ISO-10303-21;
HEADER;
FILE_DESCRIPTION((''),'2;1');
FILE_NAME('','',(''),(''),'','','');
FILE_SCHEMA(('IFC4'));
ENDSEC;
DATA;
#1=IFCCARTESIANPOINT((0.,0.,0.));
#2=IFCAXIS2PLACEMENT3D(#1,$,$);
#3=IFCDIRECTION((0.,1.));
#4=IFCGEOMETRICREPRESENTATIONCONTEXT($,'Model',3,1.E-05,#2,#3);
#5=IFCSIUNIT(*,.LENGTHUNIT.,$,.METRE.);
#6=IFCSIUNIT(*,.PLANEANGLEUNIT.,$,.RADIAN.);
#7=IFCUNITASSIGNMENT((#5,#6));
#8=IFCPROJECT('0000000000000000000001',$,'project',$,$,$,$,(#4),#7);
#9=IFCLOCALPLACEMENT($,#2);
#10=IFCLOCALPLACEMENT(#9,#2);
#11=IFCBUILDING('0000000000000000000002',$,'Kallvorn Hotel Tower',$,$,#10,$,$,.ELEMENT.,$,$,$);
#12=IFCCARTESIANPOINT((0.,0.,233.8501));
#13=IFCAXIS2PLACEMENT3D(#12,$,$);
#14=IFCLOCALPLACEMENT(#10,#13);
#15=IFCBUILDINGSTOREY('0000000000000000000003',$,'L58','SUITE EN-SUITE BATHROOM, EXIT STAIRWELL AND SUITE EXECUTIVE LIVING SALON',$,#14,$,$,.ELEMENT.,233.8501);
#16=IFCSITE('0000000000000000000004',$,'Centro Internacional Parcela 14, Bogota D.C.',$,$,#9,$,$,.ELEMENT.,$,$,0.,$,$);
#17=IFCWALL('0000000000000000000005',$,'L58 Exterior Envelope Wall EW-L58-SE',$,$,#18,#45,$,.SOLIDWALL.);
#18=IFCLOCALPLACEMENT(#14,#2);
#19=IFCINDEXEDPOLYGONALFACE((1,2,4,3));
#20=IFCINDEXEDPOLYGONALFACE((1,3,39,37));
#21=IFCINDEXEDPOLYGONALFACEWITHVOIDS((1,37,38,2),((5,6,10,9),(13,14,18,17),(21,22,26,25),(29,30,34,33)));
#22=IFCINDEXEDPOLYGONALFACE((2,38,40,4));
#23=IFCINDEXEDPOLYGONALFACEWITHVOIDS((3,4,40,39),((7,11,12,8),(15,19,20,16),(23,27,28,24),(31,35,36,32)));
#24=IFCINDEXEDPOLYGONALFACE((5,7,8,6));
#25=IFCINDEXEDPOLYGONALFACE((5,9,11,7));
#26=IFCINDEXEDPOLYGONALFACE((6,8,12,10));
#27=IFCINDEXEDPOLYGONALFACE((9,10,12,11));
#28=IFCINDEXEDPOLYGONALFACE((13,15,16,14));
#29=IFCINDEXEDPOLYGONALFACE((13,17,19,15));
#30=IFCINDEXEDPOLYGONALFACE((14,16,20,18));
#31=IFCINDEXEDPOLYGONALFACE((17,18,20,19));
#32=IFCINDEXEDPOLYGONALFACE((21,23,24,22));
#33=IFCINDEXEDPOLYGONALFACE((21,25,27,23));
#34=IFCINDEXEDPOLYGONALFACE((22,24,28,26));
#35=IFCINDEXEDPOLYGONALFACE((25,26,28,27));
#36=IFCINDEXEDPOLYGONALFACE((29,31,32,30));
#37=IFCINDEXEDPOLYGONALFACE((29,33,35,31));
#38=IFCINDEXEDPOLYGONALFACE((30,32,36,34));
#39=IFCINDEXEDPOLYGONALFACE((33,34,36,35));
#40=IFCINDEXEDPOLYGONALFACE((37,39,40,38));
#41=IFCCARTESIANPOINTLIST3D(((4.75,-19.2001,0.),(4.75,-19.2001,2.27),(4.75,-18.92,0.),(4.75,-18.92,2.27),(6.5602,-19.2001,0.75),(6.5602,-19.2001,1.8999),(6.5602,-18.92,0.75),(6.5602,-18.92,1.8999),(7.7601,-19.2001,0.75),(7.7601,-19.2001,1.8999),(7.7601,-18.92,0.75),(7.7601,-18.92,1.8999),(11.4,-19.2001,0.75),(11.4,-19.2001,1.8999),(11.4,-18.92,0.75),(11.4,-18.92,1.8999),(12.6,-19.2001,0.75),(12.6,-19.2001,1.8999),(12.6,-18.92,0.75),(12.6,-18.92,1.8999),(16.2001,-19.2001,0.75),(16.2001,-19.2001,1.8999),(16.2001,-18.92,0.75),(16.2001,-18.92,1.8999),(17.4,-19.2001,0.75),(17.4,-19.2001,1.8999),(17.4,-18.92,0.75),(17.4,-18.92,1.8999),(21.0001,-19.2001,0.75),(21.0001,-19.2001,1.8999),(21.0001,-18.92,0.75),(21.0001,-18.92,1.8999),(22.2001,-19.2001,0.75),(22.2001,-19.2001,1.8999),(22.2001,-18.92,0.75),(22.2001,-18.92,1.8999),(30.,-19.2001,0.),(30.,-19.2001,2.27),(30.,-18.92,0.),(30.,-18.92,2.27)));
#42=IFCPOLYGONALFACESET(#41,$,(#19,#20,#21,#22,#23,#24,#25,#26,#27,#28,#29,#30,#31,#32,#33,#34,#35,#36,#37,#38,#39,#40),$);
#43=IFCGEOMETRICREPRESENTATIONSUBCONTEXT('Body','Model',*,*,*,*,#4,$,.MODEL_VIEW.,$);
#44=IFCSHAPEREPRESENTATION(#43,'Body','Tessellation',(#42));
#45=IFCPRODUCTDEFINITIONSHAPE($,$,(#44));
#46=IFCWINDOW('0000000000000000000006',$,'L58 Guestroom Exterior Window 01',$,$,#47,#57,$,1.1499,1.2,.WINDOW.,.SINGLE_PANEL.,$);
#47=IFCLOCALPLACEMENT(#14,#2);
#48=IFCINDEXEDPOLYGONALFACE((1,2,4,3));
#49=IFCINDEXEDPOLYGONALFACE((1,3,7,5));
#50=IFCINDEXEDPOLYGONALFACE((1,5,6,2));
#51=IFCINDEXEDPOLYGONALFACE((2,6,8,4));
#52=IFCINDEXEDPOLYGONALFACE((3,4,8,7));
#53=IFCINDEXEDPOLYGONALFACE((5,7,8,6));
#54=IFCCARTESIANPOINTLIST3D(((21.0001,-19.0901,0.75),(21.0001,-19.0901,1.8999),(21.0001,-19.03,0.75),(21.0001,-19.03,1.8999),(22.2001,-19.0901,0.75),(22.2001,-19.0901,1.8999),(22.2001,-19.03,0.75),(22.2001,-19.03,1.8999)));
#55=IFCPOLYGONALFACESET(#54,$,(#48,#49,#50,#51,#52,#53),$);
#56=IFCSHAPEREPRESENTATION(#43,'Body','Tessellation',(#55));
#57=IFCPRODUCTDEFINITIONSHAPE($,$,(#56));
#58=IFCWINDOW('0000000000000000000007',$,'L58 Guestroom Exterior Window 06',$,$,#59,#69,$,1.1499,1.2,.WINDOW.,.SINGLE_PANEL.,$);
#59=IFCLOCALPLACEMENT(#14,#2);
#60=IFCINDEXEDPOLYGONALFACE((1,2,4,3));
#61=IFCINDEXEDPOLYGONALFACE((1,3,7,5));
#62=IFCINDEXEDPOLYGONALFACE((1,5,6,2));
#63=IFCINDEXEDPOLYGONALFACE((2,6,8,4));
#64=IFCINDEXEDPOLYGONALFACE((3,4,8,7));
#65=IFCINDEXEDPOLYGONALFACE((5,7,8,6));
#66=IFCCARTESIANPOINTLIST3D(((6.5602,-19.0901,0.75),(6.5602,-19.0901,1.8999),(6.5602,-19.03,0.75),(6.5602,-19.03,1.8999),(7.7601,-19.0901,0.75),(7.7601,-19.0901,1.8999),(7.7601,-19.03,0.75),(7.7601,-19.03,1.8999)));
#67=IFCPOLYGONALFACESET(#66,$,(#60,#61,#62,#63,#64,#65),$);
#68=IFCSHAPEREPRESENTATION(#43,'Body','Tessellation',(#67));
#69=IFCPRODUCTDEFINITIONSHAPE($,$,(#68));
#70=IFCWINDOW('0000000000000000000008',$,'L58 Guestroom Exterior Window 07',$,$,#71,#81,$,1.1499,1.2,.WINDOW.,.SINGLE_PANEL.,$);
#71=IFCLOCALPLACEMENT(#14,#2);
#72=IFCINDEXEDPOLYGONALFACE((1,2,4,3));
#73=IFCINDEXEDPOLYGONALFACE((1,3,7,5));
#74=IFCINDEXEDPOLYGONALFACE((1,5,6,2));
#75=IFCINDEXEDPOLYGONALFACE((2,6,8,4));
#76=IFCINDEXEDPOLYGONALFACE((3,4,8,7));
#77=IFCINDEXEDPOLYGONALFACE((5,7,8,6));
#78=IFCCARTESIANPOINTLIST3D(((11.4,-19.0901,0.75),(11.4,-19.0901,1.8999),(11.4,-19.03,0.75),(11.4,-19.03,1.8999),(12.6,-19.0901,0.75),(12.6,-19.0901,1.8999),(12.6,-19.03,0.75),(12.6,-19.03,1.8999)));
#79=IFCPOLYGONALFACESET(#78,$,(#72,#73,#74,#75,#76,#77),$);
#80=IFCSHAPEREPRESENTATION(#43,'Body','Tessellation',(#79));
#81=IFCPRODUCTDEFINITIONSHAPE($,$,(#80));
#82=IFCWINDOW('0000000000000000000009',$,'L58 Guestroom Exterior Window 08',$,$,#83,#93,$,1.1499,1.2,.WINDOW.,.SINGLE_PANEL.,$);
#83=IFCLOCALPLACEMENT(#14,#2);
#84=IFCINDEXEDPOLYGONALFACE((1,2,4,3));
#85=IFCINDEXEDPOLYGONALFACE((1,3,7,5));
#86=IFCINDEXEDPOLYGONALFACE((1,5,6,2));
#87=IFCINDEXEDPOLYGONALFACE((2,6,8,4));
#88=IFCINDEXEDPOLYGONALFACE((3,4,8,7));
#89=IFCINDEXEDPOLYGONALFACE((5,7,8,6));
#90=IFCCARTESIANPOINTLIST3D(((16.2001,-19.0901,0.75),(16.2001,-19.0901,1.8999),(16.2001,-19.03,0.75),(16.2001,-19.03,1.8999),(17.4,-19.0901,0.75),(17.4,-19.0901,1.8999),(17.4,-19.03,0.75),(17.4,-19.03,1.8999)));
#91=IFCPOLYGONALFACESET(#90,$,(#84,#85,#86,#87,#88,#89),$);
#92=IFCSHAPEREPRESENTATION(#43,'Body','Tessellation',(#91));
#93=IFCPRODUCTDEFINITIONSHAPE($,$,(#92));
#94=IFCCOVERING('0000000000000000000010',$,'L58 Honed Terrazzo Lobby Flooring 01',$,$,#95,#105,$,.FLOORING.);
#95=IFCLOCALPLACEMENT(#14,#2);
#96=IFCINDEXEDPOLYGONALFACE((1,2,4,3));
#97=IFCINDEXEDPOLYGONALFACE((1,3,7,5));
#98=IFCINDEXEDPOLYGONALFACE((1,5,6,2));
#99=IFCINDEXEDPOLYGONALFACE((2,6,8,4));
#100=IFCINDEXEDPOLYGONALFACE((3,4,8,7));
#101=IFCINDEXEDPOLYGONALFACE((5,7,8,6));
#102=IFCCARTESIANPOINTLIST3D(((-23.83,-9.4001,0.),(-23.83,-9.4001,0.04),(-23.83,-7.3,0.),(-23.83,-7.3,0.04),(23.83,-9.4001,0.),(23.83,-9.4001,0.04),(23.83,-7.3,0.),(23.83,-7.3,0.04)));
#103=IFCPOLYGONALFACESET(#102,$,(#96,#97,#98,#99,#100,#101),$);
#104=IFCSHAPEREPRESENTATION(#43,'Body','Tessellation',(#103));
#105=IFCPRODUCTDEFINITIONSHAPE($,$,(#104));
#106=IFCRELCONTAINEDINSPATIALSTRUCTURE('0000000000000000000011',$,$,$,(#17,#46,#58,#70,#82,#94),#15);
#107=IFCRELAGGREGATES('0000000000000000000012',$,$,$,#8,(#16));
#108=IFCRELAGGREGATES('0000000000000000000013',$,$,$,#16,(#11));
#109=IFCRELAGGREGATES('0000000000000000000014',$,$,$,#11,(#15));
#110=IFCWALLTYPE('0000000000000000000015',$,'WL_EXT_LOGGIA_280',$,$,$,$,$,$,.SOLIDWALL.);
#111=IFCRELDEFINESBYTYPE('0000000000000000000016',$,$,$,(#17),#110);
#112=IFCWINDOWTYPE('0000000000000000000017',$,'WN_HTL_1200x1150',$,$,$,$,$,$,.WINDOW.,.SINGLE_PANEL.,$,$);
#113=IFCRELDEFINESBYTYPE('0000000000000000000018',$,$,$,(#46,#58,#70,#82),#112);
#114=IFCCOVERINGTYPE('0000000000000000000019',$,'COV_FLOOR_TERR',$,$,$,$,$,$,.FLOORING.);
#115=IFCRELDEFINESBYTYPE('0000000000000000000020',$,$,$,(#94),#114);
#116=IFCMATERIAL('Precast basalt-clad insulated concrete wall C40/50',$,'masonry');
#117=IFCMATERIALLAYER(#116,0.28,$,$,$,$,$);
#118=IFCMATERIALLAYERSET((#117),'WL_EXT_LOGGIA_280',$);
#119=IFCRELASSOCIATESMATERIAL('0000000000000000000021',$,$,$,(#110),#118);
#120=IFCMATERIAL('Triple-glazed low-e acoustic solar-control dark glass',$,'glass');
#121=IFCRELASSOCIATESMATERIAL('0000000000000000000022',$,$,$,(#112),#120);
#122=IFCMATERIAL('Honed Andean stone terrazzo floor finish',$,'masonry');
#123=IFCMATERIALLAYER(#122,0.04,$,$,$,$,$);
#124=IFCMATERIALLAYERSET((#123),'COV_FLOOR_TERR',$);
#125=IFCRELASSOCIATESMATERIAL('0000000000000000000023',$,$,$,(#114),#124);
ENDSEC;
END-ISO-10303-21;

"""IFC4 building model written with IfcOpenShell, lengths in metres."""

from ifc_helpers import new_model, si_unit, direction, frame, frame_2d, origin, origin_2d, place, context, subcontext, project, spatial, rectangle, extrude, material, layer, layer_set, type_object, element, fill, save


model = new_model("IFC4")

# Units and contexts
model_context = context("Model", 3, precision=1e-05, world=origin(), true_north=direction((0.0, 1.0)))
body_context = subcontext(model_context, "Body", "Model", "MODEL_VIEW")
ifc_project = project(units=[si_unit("LENGTHUNIT", "METRE"), si_unit("PLANEANGLEUNIT", "RADIAN")], contexts=[model_context])

# Site, building, storey
site_placement = place(None, origin())
site = spatial("IfcSite", under=ifc_project, at=site_placement, Name="Centro Internacional Parcela 14, Bogota D.C.", CompositionType="ELEMENT", RefElevation=0.0)
building_placement = place(site_placement, origin())
building = spatial("IfcBuilding", under=site, at=building_placement, Name="Kallvorn Hotel Tower", CompositionType="ELEMENT")
storey_placement = place(building_placement, frame((0.0, 0.0, 233.8501)))
storey = spatial("IfcBuildingStorey", under=building, at=storey_placement, Name="L58", Description="SUITE EN-SUITE BATHROOM, EXIT STAIRWELL AND SUITE EXECUTIVE LIVING SALON", CompositionType="ELEMENT", Elevation=233.8501)

# Wall, openings, windows
ifc_material_1 = material(Name="Precast basalt-clad insulated concrete wall C40/50", Category="masonry")
ifc_layer_1 = layer(ifc_material_1, 0.28)
ifc_layer_set_1 = layer_set([ifc_layer_1], Name="WL_EXT_LOGGIA_280")
wall_type_1 = type_object("IfcWallType", Name="WL_EXT_LOGGIA_280", PredefinedType="SOLIDWALL", material=ifc_layer_set_1)
wall_1_placement = place(storey_placement, frame((4.75, -19.0601, 0.0), z_axis=(0.0, 0.0, 1.0), x_axis=(1.0, 0.0, 0.0)))
wall_1 = element("IfcWall", 1, at=wall_1_placement, inside=storey, type_object=wall_type_1, Name="L58 Exterior Envelope Wall EW-L58-SE", PredefinedType="SOLIDWALL", context=body_context, shape_type="SweptSolid", body=[
    extrude(rectangle(XDim=25.25, YDim=0.28, at=frame_2d((12.625, 0.0))), origin(), (0.0, 0.0, 1.0), 2.27),
])
opening_1_placement = place(wall_1_placement, frame((16.25, 0.0, 0.75)))
opening_1 = element("IfcOpeningElement", 2, at=opening_1_placement, cuts=wall_1, PredefinedType="OPENING", context=body_context, shape_type="SweptSolid", body=[
    extrude(rectangle(XDim=1.2, YDim=1.1499, at=frame_2d((0.6001, 0.575))), frame((0.0, 0.155, 0.0), z_axis=(0.0, -1.0, 0.0), x_axis=(1.0, 0.0, 0.0)), (0.0, 0.0, 1.0), 0.3101),
])
opening_2_placement = place(wall_1_placement, frame((1.8101, 0.0, 0.75)))
opening_2 = element("IfcOpeningElement", 3, at=opening_2_placement, cuts=wall_1, PredefinedType="OPENING", context=body_context, shape_type="SweptSolid", body=[
    extrude(rectangle(XDim=1.2, YDim=1.1499, at=frame_2d((0.6001, 0.575))), frame((0.0, 0.155, 0.0), z_axis=(0.0, -1.0, 0.0), x_axis=(1.0, 0.0, 0.0)), (0.0, 0.0, 1.0), 0.3101),
])
opening_3_placement = place(wall_1_placement, frame((6.6499, 0.0, 0.75)))
opening_3 = element("IfcOpeningElement", 4, at=opening_3_placement, cuts=wall_1, PredefinedType="OPENING", context=body_context, shape_type="SweptSolid", body=[
    extrude(rectangle(XDim=1.2, YDim=1.1499, at=frame_2d((0.6001, 0.575))), frame((0.0, 0.155, 0.0), z_axis=(0.0, -1.0, 0.0), x_axis=(1.0, 0.0, 0.0)), (0.0, 0.0, 1.0), 0.3101),
])
opening_4_placement = place(wall_1_placement, frame((11.45, 0.0, 0.75)))
opening_4 = element("IfcOpeningElement", 5, at=opening_4_placement, cuts=wall_1, PredefinedType="OPENING", context=body_context, shape_type="SweptSolid", body=[
    extrude(rectangle(XDim=1.2, YDim=1.1499, at=frame_2d((0.6001, 0.575))), frame((0.0, 0.155, 0.0), z_axis=(0.0, -1.0, 0.0), x_axis=(1.0, 0.0, 0.0)), (0.0, 0.0, 1.0), 0.3101),
])
ifc_material_2 = material(Name="Triple-glazed low-e acoustic solar-control dark glass", Category="glass")
window_type = type_object("IfcWindowType", Name="WN_HTL_1200x1150", PartitioningType="SINGLE_PANEL", PredefinedType="WINDOW", material=ifc_material_2)
window_1_placement = place(opening_1_placement, origin())
window_1 = element("IfcWindow", 6, at=window_1_placement, inside=storey, type_object=window_type, Name="L58 Guestroom Exterior Window 01", OverallHeight=1.1499, OverallWidth=1.2, PartitioningType="SINGLE_PANEL", PredefinedType="WINDOW", context=body_context, shape_type="SweptSolid", body=[
    extrude(rectangle(XDim=1.2, YDim=1.1499, at=frame_2d((0.6001, 0.575))), frame((0.0, 0.03, 0.0), z_axis=(0.0, -1.0, 0.0), x_axis=(1.0, 0.0, 0.0)), (0.0, 0.0, 1.0), 0.0601),
])
fill(opening_1, window_1)
window_2_placement = place(opening_2_placement, origin())
window_2 = element("IfcWindow", 7, at=window_2_placement, inside=storey, type_object=window_type, Name="L58 Guestroom Exterior Window 06", OverallHeight=1.1499, OverallWidth=1.2, PartitioningType="SINGLE_PANEL", PredefinedType="WINDOW", context=body_context, shape_type="SweptSolid", body=[
    extrude(rectangle(XDim=1.2, YDim=1.1499, at=frame_2d((0.6001, 0.575))), frame((0.0, 0.03, 0.0), z_axis=(0.0, -1.0, 0.0), x_axis=(1.0, 0.0, 0.0)), (0.0, 0.0, 1.0), 0.0601),
])
fill(opening_2, window_2)
window_3_placement = place(opening_3_placement, origin())
window_3 = element("IfcWindow", 8, at=window_3_placement, inside=storey, type_object=window_type, Name="L58 Guestroom Exterior Window 07", OverallHeight=1.1499, OverallWidth=1.2, PartitioningType="SINGLE_PANEL", PredefinedType="WINDOW", context=body_context, shape_type="SweptSolid", body=[
    extrude(rectangle(XDim=1.2, YDim=1.1499, at=frame_2d((0.6001, 0.575))), frame((0.0, 0.03, 0.0), z_axis=(0.0, -1.0, 0.0), x_axis=(1.0, 0.0, 0.0)), (0.0, 0.0, 1.0), 0.0601),
])
fill(opening_3, window_3)
window_4_placement = place(opening_4_placement, origin())
window_4 = element("IfcWindow", 9, at=window_4_placement, inside=storey, type_object=window_type, Name="L58 Guestroom Exterior Window 08", OverallHeight=1.1499, OverallWidth=1.2, PartitioningType="SINGLE_PANEL", PredefinedType="WINDOW", context=body_context, shape_type="SweptSolid", body=[
    extrude(rectangle(XDim=1.2, YDim=1.1499, at=frame_2d((0.6001, 0.575))), frame((0.0, 0.03, 0.0), z_axis=(0.0, -1.0, 0.0), x_axis=(1.0, 0.0, 0.0)), (0.0, 0.0, 1.0), 0.0601),
])
fill(opening_4, window_4)

# Covering
ifc_material_3 = material(Name="Honed Andean stone terrazzo floor finish", Category="masonry")
ifc_layer_2 = layer(ifc_material_3, 0.04)
ifc_layer_set_2 = layer_set([ifc_layer_2], Name="COV_FLOOR_TERR")
covering_type = type_object("IfcCoveringType", Name="COV_FLOOR_TERR", PredefinedType="FLOORING", material=ifc_layer_set_2)
covering_placement = place(storey_placement, frame((0.0, -8.3501, 0.0), z_axis=(0.0, 0.0, 1.0), x_axis=(1.0, 0.0, 0.0)))
element("IfcCovering", 10, at=covering_placement, inside=storey, type_object=covering_type, Name="L58 Honed Terrazzo Lobby Flooring 01", PredefinedType="FLOORING", context=body_context, shape_type="SweptSolid", body=[
    extrude(rectangle(XDim=47.6599, YDim=2.1001, at=origin_2d()), origin(), (0.0, 0.0, 1.0), 0.04),
])

save(model, "model.ifc")
